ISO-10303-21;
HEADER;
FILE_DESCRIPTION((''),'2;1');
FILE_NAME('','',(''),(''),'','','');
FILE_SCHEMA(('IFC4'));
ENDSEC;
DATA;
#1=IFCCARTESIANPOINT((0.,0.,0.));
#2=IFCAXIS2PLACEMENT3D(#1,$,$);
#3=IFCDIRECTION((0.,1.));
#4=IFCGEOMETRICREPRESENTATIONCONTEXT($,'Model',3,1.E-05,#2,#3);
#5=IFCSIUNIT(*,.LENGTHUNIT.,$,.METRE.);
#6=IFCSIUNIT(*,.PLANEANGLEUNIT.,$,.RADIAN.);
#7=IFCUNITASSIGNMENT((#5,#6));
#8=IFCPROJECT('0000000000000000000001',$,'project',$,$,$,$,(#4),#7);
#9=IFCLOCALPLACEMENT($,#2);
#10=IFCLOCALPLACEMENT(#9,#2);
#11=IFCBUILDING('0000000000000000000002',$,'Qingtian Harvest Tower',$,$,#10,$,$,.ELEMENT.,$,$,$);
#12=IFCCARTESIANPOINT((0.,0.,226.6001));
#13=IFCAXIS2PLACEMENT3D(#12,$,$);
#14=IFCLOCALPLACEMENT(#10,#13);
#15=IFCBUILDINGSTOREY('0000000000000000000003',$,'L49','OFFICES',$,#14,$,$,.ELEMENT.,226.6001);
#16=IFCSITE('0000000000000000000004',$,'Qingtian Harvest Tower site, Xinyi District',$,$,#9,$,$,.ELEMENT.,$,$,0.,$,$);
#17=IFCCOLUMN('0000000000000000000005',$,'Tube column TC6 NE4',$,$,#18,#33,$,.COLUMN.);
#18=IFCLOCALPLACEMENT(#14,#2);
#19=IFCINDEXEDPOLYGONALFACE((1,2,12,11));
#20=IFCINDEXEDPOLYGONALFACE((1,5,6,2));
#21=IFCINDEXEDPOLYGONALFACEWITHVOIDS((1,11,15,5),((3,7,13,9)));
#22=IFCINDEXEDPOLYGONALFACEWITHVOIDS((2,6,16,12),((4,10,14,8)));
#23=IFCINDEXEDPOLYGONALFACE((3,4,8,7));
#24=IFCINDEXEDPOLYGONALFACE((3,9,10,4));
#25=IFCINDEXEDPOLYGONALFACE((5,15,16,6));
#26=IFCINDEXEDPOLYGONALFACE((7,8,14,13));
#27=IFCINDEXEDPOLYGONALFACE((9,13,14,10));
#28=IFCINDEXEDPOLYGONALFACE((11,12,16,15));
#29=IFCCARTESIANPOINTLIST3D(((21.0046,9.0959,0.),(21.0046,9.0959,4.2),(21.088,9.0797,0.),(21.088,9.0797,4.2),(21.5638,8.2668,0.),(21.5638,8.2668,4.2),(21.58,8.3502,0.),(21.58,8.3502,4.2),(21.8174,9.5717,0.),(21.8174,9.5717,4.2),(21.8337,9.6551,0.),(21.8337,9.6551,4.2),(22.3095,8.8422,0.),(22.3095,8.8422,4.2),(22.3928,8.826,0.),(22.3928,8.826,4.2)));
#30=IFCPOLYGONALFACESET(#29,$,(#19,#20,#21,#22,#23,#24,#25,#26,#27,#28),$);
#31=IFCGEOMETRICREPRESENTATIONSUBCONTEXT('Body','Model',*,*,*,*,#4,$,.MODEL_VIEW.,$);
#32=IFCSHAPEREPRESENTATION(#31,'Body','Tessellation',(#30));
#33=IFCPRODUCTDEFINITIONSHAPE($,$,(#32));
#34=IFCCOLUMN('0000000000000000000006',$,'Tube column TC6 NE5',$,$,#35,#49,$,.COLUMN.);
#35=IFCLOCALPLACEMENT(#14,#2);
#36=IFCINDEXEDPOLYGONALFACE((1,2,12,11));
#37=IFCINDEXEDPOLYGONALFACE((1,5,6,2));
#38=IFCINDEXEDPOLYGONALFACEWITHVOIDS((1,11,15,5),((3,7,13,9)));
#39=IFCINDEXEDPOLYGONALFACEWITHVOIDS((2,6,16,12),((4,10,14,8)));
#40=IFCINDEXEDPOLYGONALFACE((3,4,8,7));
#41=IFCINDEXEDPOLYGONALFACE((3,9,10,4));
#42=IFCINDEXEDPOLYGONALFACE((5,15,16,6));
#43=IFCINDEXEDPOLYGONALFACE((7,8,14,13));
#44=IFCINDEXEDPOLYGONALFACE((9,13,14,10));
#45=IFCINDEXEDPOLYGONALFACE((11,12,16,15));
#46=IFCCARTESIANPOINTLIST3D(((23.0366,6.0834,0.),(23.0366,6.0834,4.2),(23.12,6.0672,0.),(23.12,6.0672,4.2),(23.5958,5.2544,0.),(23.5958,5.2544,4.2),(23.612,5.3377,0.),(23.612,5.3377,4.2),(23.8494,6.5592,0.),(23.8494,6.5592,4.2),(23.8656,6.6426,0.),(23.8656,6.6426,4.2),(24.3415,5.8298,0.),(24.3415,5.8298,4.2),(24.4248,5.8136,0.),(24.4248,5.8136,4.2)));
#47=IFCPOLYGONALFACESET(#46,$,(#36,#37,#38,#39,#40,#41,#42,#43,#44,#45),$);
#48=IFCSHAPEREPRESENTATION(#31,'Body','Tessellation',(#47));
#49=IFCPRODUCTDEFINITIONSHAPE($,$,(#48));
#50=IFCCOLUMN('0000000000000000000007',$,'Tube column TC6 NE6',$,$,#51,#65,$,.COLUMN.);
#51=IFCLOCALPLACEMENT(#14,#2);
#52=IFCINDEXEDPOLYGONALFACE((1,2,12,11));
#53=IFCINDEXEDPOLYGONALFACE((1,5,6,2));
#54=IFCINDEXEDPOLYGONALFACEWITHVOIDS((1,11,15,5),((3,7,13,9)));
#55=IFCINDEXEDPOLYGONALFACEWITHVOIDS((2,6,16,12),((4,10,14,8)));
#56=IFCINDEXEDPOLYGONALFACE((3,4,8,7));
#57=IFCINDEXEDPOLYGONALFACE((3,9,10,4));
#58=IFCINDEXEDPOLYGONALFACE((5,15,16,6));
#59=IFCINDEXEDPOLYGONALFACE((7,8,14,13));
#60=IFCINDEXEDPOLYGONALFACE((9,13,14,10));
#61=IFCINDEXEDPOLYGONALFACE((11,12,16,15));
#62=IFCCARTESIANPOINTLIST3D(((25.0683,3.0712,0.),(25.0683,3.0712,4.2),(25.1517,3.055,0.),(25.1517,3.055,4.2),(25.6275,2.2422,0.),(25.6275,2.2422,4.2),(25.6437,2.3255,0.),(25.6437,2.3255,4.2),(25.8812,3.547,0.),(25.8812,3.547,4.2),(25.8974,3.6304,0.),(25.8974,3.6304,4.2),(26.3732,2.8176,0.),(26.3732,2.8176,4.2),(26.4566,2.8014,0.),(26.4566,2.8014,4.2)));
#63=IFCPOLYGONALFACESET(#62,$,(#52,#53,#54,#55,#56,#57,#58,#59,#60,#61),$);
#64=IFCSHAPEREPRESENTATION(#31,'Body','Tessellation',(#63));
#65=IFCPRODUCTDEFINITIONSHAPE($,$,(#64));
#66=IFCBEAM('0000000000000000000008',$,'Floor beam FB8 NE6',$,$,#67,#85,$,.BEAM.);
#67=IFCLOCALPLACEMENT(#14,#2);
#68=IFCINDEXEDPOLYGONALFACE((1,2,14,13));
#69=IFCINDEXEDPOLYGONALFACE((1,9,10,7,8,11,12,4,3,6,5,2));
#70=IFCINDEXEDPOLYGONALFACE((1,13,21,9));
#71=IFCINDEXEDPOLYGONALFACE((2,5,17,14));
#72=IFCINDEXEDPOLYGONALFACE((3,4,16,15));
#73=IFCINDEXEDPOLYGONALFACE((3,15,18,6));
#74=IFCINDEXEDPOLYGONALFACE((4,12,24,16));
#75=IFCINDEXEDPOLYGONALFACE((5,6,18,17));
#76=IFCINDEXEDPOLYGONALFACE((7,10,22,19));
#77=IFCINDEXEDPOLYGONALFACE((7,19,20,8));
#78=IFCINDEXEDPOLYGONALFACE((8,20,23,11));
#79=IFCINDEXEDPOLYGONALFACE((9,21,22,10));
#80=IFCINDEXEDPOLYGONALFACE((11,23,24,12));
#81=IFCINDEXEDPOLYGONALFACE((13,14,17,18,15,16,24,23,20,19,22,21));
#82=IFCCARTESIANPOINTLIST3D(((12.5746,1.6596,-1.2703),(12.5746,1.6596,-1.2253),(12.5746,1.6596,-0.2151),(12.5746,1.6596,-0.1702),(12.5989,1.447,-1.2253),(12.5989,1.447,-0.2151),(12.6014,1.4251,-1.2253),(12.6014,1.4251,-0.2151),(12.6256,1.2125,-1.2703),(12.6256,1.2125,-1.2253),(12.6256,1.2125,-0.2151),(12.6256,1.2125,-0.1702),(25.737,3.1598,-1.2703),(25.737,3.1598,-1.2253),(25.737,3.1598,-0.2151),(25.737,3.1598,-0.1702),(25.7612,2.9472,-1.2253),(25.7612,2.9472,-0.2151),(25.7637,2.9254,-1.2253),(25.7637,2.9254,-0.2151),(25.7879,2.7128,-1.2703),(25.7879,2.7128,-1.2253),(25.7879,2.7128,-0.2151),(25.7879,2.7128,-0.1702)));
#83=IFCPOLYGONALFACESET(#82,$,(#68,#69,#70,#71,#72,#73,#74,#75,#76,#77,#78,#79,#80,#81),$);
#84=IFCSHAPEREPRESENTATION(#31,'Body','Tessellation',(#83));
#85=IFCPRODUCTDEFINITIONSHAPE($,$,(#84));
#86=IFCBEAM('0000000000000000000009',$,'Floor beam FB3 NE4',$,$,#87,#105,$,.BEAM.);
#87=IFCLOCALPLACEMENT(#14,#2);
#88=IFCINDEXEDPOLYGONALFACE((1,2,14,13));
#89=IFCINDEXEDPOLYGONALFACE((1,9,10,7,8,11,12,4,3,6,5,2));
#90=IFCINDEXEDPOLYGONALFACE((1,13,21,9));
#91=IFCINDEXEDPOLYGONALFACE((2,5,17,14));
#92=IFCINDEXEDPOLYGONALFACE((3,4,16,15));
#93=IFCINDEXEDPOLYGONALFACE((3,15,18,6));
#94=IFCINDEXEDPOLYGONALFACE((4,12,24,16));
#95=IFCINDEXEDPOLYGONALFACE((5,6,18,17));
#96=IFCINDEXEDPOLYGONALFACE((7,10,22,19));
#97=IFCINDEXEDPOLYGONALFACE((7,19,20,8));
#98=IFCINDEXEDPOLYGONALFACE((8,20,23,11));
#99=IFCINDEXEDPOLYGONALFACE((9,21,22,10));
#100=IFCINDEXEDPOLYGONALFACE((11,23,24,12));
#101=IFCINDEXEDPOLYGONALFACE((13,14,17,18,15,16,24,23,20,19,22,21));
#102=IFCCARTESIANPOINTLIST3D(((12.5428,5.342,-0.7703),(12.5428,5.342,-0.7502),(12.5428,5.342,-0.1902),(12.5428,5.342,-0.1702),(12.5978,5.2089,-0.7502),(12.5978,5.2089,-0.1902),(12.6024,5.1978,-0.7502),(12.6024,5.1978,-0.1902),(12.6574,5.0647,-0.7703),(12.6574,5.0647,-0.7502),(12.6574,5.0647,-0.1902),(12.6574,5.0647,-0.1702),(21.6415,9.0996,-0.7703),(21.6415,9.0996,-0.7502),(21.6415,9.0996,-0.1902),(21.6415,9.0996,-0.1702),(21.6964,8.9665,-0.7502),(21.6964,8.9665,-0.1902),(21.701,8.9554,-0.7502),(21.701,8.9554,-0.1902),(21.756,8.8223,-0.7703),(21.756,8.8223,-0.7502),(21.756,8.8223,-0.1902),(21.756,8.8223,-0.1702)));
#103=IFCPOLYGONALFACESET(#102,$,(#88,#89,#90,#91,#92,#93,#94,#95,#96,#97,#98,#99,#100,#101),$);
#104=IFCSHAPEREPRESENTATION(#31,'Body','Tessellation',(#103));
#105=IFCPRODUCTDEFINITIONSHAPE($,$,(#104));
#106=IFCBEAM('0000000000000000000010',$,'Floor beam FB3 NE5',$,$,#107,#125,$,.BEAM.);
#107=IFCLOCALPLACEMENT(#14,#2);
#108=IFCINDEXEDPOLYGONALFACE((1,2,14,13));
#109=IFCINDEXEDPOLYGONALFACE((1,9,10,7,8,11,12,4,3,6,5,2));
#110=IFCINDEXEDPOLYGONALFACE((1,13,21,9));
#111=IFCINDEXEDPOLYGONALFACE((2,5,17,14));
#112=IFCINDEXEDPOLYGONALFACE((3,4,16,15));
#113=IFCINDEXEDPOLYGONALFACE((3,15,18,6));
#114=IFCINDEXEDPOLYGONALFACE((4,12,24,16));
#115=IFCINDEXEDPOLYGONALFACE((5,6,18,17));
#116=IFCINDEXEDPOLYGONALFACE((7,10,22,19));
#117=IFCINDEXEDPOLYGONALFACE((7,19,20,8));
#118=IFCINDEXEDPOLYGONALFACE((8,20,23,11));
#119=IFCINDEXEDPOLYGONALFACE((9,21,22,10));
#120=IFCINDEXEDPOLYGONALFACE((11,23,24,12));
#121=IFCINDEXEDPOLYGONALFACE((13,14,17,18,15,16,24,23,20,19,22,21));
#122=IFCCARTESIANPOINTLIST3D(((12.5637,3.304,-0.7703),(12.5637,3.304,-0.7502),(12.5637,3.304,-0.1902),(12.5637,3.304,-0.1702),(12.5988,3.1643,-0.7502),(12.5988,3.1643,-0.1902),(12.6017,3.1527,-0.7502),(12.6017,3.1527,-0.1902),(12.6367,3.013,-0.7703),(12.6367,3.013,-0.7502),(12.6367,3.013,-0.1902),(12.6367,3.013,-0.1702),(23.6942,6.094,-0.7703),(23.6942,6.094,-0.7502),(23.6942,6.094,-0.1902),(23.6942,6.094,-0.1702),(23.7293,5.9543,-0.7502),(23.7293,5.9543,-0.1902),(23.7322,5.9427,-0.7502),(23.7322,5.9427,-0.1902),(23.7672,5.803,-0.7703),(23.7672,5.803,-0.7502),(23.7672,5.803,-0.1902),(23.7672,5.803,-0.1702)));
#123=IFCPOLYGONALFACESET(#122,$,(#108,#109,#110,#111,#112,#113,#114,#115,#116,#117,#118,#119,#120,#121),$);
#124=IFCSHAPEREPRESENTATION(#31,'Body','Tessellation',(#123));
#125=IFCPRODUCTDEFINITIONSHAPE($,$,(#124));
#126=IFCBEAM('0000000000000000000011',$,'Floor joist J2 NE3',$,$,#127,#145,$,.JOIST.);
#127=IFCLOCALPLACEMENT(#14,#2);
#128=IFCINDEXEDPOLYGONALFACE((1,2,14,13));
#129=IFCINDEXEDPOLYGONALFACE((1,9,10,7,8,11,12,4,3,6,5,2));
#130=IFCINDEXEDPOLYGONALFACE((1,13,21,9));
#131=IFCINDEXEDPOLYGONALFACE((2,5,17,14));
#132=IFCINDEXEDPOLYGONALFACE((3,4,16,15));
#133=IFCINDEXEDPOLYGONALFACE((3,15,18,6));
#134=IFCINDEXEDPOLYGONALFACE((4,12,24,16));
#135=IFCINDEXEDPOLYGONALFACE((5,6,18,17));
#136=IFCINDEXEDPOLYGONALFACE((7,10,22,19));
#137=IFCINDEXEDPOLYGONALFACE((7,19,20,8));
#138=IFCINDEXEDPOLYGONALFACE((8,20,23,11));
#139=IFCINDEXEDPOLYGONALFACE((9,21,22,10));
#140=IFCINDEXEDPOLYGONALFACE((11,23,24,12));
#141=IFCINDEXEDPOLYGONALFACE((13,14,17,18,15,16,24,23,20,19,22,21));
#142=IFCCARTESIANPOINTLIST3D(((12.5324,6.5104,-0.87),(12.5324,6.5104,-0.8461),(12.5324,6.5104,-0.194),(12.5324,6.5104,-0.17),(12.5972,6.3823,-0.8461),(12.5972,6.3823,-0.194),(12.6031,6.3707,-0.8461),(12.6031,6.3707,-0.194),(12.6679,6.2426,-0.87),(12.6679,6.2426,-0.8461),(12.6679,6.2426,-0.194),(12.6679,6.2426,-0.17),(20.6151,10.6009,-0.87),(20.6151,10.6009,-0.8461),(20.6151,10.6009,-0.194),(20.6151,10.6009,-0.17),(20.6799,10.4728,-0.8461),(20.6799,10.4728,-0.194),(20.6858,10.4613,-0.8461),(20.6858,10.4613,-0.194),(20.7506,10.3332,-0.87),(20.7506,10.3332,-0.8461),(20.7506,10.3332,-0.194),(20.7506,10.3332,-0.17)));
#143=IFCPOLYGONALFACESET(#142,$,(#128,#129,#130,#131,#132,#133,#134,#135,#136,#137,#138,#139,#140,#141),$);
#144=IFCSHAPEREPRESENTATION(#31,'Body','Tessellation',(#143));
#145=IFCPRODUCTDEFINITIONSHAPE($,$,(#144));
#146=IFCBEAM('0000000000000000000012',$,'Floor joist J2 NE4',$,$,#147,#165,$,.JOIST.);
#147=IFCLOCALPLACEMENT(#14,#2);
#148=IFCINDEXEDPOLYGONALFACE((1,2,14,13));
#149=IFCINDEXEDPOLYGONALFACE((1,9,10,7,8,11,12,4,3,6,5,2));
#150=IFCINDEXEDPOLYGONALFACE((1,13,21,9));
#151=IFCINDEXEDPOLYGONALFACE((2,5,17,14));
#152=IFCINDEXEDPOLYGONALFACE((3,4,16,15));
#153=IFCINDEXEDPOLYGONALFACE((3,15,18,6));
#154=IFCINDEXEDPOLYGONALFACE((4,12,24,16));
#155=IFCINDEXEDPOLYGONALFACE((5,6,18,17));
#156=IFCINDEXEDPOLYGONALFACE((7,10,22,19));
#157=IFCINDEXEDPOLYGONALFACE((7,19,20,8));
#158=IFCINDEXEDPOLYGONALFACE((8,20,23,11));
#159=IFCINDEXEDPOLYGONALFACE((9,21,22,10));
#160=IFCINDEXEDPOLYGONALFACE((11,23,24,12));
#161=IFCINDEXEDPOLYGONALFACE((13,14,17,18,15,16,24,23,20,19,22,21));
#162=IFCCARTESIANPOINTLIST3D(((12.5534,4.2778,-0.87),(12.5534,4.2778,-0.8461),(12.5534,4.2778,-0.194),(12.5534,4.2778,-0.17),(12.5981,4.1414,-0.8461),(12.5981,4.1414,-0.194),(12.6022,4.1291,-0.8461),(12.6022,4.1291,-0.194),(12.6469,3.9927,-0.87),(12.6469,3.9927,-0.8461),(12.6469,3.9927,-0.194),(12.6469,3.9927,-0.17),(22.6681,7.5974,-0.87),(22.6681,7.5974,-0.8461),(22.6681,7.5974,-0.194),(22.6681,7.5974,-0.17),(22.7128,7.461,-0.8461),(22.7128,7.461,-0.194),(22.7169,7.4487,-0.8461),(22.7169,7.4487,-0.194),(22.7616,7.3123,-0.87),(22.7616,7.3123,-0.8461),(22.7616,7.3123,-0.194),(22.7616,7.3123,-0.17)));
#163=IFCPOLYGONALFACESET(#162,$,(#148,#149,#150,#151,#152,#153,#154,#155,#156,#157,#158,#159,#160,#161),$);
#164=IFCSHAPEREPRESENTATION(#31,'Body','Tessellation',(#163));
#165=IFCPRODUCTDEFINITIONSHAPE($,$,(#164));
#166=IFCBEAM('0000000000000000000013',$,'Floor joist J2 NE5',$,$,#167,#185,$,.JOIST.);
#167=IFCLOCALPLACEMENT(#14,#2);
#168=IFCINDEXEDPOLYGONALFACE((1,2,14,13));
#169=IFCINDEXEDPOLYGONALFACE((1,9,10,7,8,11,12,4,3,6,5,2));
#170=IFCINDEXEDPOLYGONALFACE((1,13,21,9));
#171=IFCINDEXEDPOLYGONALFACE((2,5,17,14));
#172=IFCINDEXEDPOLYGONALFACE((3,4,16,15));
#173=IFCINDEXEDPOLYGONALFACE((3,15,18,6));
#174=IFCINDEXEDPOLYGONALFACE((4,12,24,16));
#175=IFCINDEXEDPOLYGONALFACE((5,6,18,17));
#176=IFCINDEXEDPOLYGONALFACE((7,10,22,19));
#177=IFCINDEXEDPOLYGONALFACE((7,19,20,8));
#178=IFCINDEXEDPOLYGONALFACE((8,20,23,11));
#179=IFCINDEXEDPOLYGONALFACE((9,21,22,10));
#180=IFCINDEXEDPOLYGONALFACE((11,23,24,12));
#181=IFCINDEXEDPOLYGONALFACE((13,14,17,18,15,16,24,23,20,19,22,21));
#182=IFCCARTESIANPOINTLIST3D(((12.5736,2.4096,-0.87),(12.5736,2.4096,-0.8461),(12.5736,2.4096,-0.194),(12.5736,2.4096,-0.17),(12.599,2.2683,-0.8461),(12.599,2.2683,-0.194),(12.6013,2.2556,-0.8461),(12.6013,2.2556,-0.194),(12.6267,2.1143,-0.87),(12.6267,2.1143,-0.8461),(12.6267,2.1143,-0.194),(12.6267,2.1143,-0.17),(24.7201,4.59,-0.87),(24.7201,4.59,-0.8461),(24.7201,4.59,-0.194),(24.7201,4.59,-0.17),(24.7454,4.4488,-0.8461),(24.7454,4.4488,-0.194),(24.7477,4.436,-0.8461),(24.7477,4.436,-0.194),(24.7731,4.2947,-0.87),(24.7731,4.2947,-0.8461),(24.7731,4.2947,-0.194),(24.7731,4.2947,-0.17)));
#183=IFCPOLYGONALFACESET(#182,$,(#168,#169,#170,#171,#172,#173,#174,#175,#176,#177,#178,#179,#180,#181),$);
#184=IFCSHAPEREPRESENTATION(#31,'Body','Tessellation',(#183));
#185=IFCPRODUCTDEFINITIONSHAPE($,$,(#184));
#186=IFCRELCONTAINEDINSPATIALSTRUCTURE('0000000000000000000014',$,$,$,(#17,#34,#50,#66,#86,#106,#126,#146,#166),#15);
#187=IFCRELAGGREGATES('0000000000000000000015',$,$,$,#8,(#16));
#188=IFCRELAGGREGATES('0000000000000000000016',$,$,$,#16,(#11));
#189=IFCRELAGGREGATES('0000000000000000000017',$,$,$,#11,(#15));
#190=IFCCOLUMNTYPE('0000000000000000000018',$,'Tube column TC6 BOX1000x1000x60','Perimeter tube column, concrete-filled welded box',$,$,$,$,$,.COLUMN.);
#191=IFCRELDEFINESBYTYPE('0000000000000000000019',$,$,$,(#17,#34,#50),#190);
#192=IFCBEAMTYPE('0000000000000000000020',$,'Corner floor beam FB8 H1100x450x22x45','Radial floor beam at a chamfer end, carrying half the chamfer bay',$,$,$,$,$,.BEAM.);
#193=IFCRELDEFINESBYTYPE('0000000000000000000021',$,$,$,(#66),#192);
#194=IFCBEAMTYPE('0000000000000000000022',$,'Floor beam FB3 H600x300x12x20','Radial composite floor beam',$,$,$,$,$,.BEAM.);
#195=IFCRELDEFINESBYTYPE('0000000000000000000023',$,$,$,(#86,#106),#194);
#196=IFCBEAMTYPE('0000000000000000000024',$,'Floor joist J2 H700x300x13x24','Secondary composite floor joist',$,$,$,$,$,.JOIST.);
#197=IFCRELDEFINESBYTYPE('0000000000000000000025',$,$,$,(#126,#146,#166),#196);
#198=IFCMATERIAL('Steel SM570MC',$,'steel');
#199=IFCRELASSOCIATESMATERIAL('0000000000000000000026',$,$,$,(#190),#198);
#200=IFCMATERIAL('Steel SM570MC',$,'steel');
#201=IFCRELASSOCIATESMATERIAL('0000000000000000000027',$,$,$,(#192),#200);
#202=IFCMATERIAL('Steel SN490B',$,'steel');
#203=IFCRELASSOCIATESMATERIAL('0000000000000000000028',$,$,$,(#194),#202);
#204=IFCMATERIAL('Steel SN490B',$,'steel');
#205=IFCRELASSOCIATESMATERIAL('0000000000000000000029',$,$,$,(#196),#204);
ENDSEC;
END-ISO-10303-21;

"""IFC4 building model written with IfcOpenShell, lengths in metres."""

from ifc_helpers import new_model, si_unit, direction, frame, origin, origin_2d, place, context, subcontext, project, spatial, hollow_rectangle, i_section, extrude, material, material_profile, profile_set, type_object, element, save


model = new_model("IFC4")

# Units and contexts
model_context = context("Model", 3, precision=1e-05, world=origin(), true_north=direction((0.0, 1.0)))
body_context = subcontext(model_context, "Body", "Model", "MODEL_VIEW")
ifc_project = project(units=[si_unit("LENGTHUNIT", "METRE"), si_unit("PLANEANGLEUNIT", "RADIAN")], contexts=[model_context])

# Site, building, storey
site_placement = place(None, origin())
site = spatial("IfcSite", under=ifc_project, at=site_placement, Name="Qingtian Harvest Tower site, Xinyi District", CompositionType="ELEMENT", RefElevation=0.0)
building_placement = place(site_placement, origin())
building = spatial("IfcBuilding", under=site, at=building_placement, Name="Qingtian Harvest Tower", CompositionType="ELEMENT")
storey_placement = place(building_placement, frame((0.0, 0.0, 226.6001)))
storey = spatial("IfcBuildingStorey", under=building, at=storey_placement, Name="L49", Description="OFFICES", CompositionType="ELEMENT", Elevation=226.6001)

# Columns
ifc_material_1 = material(Name="Steel SM570MC", Category="steel")
ifc_material_profile_1 = material_profile(ifc_material_1, hollow_rectangle(XDim=1.0, YDim=1.0, WallThickness=0.0601, at=origin_2d()), Name="BOX1000x1000x60")
ifc_profile_set_1 = profile_set([ifc_material_profile_1], Name="Steel SM570MC")
column_type = type_object("IfcColumnType", Name="Tube column TC6 BOX1000x1000x60", Description="Perimeter tube column, concrete-filled welded box", PredefinedType="COLUMN", material=ifc_profile_set_1)
for number, where, z_axis, x_axis, name in (
    (1, (21.6987, 8.9609, 0.0), (0.0, 0.0, 1.0), (-0.559193, 0.829038, 0.0), "Tube column TC6 NE4"),
    (2, (23.7307, 5.9485, 0.0), (0.0, 0.0, 1.0), (-0.559193, 0.829038, 0.0), "Tube column TC6 NE5"),
    (3, (25.7625, 2.9363, 0.0), (0.0, 0.0, 1.0), (-0.559193, 0.829038, 0.0), "Tube column TC6 NE6"),
):
    element("IfcColumn", number, at=place(storey_placement, frame(where, z_axis=z_axis, x_axis=x_axis)), inside=storey, type_object=column_type, Name=name, PredefinedType="COLUMN", context=body_context, shape_type="SweptSolid", body=[
        extrude(hollow_rectangle(XDim=1.0, YDim=1.0, WallThickness=0.0601, at=origin_2d()), origin(), (0.0, 0.0, 1.0), 4.2),
    ])

# Beams
ifc_material_2 = material(Name="Steel SM570MC", Category="steel")
ifc_material_profile_2 = material_profile(ifc_material_2, i_section(OverallWidth=0.45, OverallDepth=1.1001, WebThickness=0.022, FlangeThickness=0.0449, at=origin_2d()), Name="H1100x450x22x45")
ifc_profile_set_2 = profile_set([ifc_material_profile_2], Name="Steel SM570MC")
beam_type_1 = type_object("IfcBeamType", Name="Corner floor beam FB8 H1100x450x22x45", Description="Radial floor beam at a chamfer end, carrying half the chamfer bay", PredefinedType="BEAM", material=ifc_profile_set_2)
beam_1_placement = place(storey_placement, frame((25.7625, 2.9363, -0.7202), z_axis=(-0.993567, -0.113247, 0.0), x_axis=(0.113247, -0.993567, 0.0)))
element("IfcBeam", 4, at=beam_1_placement, inside=storey, type_object=beam_type_1, Name="Floor beam FB8 NE6", PredefinedType="BEAM", context=body_context, shape_type="SweptSolid", body=[
    extrude(i_section(OverallWidth=0.45, OverallDepth=1.1001, WebThickness=0.022, FlangeThickness=0.0449, at=origin_2d()), origin(), (0.0, 0.0, 1.0), 13.2476),
])
ifc_material_3 = material(Name="Steel SN490B", Category="steel")
ifc_material_profile_3 = material_profile(ifc_material_3, i_section(OverallWidth=0.3, OverallDepth=0.6001, WebThickness=0.012, FlangeThickness=0.02, at=origin_2d()), Name="H600x300x12x20")
ifc_profile_set_3 = profile_set([ifc_material_profile_3], Name="Steel SN490B")
beam_type_2 = type_object("IfcBeamType", Name="Floor beam FB3 H600x300x12x20", Description="Radial composite floor beam", PredefinedType="BEAM", material=ifc_profile_set_3)
beam_2_placement = place(storey_placement, frame((21.6987, 8.9609, -0.4702), z_axis=(-0.924282, -0.381711, 0.0), x_axis=(0.381711, -0.924282, 0.0)))
element("IfcBeam", 5, at=beam_2_placement, inside=storey, type_object=beam_type_2, Name="Floor beam FB3 NE4", PredefinedType="BEAM", context=body_context, shape_type="SweptSolid", body=[
    extrude(i_section(OverallWidth=0.3, OverallDepth=0.6001, WebThickness=0.012, FlangeThickness=0.02, at=origin_2d()), origin(), (0.0, 0.0, 1.0), 9.844),
])
beam_3_placement = place(storey_placement, frame((23.7307, 5.9485, -0.4702), z_axis=(-0.969991, -0.243141, 0.0), x_axis=(0.243141, -0.969991, 0.0)))
element("IfcBeam", 6, at=beam_3_placement, inside=storey, type_object=beam_type_2, Name="Floor beam FB3 NE5", PredefinedType="BEAM", context=body_context, shape_type="SweptSolid", body=[
    extrude(i_section(OverallWidth=0.3, OverallDepth=0.6001, WebThickness=0.012, FlangeThickness=0.02, at=origin_2d()), origin(), (0.0, 0.0, 1.0), 11.4749),
])
ifc_material_4 = material(Name="Steel SN490B", Category="steel")
ifc_material_profile_4 = material_profile(ifc_material_4, i_section(OverallWidth=0.3, OverallDepth=0.7, WebThickness=0.0129, FlangeThickness=0.0239, at=origin_2d()), Name="H700x300x13x24")
ifc_profile_set_4 = profile_set([ifc_material_profile_4], Name="Steel SN490B")
beam_type_3 = type_object("IfcBeamType", Name="Floor joist J2 H700x300x13x24", Description="Secondary composite floor joist", PredefinedType="JOIST", material=ifc_profile_set_4)
beam_4_placement = place(storey_placement, frame((20.6829, 10.467, -0.52), z_axis=(-0.892244, -0.451553, 0.0), x_axis=(0.451553, -0.892244, 0.0)))
element("IfcBeam", 7, at=beam_4_placement, inside=storey, type_object=beam_type_3, Name="Floor joist J2 NE3", PredefinedType="JOIST", context=body_context, shape_type="SweptSolid", body=[
    extrude(i_section(OverallWidth=0.3, OverallDepth=0.7, WebThickness=0.0129, FlangeThickness=0.0239, at=origin_2d()), origin(), (0.0, 0.0, 1.0), 9.0588),
])
beam_5_placement = place(storey_placement, frame((22.7148, 7.4548, -0.52), z_axis=(-0.950139, -0.311828, 0.0), x_axis=(0.311828, -0.950139, 0.0)))
element("IfcBeam", 8, at=beam_5_placement, inside=storey, type_object=beam_type_3, Name="Floor joist J2 NE4", PredefinedType="JOIST", context=body_context, shape_type="SweptSolid", body=[
    extrude(i_section(OverallWidth=0.3, OverallDepth=0.7, WebThickness=0.0129, FlangeThickness=0.0239, at=origin_2d()), origin(), (0.0, 0.0, 1.0), 10.6455),
])
beam_6_placement = place(storey_placement, frame((24.7466, 4.4424, -0.52), z_axis=(-0.984267, -0.176686, 0.0), x_axis=(0.176686, -0.984267, 0.0)))
element("IfcBeam", 9, at=beam_6_placement, inside=storey, type_object=beam_type_3, Name="Floor joist J2 NE5", PredefinedType="JOIST", context=body_context, shape_type="SweptSolid", body=[
    extrude(i_section(OverallWidth=0.3, OverallDepth=0.7, WebThickness=0.0129, FlangeThickness=0.0239, at=origin_2d()), origin(), (0.0, 0.0, 1.0), 12.3406),
])

save(model, "model.ifc")
